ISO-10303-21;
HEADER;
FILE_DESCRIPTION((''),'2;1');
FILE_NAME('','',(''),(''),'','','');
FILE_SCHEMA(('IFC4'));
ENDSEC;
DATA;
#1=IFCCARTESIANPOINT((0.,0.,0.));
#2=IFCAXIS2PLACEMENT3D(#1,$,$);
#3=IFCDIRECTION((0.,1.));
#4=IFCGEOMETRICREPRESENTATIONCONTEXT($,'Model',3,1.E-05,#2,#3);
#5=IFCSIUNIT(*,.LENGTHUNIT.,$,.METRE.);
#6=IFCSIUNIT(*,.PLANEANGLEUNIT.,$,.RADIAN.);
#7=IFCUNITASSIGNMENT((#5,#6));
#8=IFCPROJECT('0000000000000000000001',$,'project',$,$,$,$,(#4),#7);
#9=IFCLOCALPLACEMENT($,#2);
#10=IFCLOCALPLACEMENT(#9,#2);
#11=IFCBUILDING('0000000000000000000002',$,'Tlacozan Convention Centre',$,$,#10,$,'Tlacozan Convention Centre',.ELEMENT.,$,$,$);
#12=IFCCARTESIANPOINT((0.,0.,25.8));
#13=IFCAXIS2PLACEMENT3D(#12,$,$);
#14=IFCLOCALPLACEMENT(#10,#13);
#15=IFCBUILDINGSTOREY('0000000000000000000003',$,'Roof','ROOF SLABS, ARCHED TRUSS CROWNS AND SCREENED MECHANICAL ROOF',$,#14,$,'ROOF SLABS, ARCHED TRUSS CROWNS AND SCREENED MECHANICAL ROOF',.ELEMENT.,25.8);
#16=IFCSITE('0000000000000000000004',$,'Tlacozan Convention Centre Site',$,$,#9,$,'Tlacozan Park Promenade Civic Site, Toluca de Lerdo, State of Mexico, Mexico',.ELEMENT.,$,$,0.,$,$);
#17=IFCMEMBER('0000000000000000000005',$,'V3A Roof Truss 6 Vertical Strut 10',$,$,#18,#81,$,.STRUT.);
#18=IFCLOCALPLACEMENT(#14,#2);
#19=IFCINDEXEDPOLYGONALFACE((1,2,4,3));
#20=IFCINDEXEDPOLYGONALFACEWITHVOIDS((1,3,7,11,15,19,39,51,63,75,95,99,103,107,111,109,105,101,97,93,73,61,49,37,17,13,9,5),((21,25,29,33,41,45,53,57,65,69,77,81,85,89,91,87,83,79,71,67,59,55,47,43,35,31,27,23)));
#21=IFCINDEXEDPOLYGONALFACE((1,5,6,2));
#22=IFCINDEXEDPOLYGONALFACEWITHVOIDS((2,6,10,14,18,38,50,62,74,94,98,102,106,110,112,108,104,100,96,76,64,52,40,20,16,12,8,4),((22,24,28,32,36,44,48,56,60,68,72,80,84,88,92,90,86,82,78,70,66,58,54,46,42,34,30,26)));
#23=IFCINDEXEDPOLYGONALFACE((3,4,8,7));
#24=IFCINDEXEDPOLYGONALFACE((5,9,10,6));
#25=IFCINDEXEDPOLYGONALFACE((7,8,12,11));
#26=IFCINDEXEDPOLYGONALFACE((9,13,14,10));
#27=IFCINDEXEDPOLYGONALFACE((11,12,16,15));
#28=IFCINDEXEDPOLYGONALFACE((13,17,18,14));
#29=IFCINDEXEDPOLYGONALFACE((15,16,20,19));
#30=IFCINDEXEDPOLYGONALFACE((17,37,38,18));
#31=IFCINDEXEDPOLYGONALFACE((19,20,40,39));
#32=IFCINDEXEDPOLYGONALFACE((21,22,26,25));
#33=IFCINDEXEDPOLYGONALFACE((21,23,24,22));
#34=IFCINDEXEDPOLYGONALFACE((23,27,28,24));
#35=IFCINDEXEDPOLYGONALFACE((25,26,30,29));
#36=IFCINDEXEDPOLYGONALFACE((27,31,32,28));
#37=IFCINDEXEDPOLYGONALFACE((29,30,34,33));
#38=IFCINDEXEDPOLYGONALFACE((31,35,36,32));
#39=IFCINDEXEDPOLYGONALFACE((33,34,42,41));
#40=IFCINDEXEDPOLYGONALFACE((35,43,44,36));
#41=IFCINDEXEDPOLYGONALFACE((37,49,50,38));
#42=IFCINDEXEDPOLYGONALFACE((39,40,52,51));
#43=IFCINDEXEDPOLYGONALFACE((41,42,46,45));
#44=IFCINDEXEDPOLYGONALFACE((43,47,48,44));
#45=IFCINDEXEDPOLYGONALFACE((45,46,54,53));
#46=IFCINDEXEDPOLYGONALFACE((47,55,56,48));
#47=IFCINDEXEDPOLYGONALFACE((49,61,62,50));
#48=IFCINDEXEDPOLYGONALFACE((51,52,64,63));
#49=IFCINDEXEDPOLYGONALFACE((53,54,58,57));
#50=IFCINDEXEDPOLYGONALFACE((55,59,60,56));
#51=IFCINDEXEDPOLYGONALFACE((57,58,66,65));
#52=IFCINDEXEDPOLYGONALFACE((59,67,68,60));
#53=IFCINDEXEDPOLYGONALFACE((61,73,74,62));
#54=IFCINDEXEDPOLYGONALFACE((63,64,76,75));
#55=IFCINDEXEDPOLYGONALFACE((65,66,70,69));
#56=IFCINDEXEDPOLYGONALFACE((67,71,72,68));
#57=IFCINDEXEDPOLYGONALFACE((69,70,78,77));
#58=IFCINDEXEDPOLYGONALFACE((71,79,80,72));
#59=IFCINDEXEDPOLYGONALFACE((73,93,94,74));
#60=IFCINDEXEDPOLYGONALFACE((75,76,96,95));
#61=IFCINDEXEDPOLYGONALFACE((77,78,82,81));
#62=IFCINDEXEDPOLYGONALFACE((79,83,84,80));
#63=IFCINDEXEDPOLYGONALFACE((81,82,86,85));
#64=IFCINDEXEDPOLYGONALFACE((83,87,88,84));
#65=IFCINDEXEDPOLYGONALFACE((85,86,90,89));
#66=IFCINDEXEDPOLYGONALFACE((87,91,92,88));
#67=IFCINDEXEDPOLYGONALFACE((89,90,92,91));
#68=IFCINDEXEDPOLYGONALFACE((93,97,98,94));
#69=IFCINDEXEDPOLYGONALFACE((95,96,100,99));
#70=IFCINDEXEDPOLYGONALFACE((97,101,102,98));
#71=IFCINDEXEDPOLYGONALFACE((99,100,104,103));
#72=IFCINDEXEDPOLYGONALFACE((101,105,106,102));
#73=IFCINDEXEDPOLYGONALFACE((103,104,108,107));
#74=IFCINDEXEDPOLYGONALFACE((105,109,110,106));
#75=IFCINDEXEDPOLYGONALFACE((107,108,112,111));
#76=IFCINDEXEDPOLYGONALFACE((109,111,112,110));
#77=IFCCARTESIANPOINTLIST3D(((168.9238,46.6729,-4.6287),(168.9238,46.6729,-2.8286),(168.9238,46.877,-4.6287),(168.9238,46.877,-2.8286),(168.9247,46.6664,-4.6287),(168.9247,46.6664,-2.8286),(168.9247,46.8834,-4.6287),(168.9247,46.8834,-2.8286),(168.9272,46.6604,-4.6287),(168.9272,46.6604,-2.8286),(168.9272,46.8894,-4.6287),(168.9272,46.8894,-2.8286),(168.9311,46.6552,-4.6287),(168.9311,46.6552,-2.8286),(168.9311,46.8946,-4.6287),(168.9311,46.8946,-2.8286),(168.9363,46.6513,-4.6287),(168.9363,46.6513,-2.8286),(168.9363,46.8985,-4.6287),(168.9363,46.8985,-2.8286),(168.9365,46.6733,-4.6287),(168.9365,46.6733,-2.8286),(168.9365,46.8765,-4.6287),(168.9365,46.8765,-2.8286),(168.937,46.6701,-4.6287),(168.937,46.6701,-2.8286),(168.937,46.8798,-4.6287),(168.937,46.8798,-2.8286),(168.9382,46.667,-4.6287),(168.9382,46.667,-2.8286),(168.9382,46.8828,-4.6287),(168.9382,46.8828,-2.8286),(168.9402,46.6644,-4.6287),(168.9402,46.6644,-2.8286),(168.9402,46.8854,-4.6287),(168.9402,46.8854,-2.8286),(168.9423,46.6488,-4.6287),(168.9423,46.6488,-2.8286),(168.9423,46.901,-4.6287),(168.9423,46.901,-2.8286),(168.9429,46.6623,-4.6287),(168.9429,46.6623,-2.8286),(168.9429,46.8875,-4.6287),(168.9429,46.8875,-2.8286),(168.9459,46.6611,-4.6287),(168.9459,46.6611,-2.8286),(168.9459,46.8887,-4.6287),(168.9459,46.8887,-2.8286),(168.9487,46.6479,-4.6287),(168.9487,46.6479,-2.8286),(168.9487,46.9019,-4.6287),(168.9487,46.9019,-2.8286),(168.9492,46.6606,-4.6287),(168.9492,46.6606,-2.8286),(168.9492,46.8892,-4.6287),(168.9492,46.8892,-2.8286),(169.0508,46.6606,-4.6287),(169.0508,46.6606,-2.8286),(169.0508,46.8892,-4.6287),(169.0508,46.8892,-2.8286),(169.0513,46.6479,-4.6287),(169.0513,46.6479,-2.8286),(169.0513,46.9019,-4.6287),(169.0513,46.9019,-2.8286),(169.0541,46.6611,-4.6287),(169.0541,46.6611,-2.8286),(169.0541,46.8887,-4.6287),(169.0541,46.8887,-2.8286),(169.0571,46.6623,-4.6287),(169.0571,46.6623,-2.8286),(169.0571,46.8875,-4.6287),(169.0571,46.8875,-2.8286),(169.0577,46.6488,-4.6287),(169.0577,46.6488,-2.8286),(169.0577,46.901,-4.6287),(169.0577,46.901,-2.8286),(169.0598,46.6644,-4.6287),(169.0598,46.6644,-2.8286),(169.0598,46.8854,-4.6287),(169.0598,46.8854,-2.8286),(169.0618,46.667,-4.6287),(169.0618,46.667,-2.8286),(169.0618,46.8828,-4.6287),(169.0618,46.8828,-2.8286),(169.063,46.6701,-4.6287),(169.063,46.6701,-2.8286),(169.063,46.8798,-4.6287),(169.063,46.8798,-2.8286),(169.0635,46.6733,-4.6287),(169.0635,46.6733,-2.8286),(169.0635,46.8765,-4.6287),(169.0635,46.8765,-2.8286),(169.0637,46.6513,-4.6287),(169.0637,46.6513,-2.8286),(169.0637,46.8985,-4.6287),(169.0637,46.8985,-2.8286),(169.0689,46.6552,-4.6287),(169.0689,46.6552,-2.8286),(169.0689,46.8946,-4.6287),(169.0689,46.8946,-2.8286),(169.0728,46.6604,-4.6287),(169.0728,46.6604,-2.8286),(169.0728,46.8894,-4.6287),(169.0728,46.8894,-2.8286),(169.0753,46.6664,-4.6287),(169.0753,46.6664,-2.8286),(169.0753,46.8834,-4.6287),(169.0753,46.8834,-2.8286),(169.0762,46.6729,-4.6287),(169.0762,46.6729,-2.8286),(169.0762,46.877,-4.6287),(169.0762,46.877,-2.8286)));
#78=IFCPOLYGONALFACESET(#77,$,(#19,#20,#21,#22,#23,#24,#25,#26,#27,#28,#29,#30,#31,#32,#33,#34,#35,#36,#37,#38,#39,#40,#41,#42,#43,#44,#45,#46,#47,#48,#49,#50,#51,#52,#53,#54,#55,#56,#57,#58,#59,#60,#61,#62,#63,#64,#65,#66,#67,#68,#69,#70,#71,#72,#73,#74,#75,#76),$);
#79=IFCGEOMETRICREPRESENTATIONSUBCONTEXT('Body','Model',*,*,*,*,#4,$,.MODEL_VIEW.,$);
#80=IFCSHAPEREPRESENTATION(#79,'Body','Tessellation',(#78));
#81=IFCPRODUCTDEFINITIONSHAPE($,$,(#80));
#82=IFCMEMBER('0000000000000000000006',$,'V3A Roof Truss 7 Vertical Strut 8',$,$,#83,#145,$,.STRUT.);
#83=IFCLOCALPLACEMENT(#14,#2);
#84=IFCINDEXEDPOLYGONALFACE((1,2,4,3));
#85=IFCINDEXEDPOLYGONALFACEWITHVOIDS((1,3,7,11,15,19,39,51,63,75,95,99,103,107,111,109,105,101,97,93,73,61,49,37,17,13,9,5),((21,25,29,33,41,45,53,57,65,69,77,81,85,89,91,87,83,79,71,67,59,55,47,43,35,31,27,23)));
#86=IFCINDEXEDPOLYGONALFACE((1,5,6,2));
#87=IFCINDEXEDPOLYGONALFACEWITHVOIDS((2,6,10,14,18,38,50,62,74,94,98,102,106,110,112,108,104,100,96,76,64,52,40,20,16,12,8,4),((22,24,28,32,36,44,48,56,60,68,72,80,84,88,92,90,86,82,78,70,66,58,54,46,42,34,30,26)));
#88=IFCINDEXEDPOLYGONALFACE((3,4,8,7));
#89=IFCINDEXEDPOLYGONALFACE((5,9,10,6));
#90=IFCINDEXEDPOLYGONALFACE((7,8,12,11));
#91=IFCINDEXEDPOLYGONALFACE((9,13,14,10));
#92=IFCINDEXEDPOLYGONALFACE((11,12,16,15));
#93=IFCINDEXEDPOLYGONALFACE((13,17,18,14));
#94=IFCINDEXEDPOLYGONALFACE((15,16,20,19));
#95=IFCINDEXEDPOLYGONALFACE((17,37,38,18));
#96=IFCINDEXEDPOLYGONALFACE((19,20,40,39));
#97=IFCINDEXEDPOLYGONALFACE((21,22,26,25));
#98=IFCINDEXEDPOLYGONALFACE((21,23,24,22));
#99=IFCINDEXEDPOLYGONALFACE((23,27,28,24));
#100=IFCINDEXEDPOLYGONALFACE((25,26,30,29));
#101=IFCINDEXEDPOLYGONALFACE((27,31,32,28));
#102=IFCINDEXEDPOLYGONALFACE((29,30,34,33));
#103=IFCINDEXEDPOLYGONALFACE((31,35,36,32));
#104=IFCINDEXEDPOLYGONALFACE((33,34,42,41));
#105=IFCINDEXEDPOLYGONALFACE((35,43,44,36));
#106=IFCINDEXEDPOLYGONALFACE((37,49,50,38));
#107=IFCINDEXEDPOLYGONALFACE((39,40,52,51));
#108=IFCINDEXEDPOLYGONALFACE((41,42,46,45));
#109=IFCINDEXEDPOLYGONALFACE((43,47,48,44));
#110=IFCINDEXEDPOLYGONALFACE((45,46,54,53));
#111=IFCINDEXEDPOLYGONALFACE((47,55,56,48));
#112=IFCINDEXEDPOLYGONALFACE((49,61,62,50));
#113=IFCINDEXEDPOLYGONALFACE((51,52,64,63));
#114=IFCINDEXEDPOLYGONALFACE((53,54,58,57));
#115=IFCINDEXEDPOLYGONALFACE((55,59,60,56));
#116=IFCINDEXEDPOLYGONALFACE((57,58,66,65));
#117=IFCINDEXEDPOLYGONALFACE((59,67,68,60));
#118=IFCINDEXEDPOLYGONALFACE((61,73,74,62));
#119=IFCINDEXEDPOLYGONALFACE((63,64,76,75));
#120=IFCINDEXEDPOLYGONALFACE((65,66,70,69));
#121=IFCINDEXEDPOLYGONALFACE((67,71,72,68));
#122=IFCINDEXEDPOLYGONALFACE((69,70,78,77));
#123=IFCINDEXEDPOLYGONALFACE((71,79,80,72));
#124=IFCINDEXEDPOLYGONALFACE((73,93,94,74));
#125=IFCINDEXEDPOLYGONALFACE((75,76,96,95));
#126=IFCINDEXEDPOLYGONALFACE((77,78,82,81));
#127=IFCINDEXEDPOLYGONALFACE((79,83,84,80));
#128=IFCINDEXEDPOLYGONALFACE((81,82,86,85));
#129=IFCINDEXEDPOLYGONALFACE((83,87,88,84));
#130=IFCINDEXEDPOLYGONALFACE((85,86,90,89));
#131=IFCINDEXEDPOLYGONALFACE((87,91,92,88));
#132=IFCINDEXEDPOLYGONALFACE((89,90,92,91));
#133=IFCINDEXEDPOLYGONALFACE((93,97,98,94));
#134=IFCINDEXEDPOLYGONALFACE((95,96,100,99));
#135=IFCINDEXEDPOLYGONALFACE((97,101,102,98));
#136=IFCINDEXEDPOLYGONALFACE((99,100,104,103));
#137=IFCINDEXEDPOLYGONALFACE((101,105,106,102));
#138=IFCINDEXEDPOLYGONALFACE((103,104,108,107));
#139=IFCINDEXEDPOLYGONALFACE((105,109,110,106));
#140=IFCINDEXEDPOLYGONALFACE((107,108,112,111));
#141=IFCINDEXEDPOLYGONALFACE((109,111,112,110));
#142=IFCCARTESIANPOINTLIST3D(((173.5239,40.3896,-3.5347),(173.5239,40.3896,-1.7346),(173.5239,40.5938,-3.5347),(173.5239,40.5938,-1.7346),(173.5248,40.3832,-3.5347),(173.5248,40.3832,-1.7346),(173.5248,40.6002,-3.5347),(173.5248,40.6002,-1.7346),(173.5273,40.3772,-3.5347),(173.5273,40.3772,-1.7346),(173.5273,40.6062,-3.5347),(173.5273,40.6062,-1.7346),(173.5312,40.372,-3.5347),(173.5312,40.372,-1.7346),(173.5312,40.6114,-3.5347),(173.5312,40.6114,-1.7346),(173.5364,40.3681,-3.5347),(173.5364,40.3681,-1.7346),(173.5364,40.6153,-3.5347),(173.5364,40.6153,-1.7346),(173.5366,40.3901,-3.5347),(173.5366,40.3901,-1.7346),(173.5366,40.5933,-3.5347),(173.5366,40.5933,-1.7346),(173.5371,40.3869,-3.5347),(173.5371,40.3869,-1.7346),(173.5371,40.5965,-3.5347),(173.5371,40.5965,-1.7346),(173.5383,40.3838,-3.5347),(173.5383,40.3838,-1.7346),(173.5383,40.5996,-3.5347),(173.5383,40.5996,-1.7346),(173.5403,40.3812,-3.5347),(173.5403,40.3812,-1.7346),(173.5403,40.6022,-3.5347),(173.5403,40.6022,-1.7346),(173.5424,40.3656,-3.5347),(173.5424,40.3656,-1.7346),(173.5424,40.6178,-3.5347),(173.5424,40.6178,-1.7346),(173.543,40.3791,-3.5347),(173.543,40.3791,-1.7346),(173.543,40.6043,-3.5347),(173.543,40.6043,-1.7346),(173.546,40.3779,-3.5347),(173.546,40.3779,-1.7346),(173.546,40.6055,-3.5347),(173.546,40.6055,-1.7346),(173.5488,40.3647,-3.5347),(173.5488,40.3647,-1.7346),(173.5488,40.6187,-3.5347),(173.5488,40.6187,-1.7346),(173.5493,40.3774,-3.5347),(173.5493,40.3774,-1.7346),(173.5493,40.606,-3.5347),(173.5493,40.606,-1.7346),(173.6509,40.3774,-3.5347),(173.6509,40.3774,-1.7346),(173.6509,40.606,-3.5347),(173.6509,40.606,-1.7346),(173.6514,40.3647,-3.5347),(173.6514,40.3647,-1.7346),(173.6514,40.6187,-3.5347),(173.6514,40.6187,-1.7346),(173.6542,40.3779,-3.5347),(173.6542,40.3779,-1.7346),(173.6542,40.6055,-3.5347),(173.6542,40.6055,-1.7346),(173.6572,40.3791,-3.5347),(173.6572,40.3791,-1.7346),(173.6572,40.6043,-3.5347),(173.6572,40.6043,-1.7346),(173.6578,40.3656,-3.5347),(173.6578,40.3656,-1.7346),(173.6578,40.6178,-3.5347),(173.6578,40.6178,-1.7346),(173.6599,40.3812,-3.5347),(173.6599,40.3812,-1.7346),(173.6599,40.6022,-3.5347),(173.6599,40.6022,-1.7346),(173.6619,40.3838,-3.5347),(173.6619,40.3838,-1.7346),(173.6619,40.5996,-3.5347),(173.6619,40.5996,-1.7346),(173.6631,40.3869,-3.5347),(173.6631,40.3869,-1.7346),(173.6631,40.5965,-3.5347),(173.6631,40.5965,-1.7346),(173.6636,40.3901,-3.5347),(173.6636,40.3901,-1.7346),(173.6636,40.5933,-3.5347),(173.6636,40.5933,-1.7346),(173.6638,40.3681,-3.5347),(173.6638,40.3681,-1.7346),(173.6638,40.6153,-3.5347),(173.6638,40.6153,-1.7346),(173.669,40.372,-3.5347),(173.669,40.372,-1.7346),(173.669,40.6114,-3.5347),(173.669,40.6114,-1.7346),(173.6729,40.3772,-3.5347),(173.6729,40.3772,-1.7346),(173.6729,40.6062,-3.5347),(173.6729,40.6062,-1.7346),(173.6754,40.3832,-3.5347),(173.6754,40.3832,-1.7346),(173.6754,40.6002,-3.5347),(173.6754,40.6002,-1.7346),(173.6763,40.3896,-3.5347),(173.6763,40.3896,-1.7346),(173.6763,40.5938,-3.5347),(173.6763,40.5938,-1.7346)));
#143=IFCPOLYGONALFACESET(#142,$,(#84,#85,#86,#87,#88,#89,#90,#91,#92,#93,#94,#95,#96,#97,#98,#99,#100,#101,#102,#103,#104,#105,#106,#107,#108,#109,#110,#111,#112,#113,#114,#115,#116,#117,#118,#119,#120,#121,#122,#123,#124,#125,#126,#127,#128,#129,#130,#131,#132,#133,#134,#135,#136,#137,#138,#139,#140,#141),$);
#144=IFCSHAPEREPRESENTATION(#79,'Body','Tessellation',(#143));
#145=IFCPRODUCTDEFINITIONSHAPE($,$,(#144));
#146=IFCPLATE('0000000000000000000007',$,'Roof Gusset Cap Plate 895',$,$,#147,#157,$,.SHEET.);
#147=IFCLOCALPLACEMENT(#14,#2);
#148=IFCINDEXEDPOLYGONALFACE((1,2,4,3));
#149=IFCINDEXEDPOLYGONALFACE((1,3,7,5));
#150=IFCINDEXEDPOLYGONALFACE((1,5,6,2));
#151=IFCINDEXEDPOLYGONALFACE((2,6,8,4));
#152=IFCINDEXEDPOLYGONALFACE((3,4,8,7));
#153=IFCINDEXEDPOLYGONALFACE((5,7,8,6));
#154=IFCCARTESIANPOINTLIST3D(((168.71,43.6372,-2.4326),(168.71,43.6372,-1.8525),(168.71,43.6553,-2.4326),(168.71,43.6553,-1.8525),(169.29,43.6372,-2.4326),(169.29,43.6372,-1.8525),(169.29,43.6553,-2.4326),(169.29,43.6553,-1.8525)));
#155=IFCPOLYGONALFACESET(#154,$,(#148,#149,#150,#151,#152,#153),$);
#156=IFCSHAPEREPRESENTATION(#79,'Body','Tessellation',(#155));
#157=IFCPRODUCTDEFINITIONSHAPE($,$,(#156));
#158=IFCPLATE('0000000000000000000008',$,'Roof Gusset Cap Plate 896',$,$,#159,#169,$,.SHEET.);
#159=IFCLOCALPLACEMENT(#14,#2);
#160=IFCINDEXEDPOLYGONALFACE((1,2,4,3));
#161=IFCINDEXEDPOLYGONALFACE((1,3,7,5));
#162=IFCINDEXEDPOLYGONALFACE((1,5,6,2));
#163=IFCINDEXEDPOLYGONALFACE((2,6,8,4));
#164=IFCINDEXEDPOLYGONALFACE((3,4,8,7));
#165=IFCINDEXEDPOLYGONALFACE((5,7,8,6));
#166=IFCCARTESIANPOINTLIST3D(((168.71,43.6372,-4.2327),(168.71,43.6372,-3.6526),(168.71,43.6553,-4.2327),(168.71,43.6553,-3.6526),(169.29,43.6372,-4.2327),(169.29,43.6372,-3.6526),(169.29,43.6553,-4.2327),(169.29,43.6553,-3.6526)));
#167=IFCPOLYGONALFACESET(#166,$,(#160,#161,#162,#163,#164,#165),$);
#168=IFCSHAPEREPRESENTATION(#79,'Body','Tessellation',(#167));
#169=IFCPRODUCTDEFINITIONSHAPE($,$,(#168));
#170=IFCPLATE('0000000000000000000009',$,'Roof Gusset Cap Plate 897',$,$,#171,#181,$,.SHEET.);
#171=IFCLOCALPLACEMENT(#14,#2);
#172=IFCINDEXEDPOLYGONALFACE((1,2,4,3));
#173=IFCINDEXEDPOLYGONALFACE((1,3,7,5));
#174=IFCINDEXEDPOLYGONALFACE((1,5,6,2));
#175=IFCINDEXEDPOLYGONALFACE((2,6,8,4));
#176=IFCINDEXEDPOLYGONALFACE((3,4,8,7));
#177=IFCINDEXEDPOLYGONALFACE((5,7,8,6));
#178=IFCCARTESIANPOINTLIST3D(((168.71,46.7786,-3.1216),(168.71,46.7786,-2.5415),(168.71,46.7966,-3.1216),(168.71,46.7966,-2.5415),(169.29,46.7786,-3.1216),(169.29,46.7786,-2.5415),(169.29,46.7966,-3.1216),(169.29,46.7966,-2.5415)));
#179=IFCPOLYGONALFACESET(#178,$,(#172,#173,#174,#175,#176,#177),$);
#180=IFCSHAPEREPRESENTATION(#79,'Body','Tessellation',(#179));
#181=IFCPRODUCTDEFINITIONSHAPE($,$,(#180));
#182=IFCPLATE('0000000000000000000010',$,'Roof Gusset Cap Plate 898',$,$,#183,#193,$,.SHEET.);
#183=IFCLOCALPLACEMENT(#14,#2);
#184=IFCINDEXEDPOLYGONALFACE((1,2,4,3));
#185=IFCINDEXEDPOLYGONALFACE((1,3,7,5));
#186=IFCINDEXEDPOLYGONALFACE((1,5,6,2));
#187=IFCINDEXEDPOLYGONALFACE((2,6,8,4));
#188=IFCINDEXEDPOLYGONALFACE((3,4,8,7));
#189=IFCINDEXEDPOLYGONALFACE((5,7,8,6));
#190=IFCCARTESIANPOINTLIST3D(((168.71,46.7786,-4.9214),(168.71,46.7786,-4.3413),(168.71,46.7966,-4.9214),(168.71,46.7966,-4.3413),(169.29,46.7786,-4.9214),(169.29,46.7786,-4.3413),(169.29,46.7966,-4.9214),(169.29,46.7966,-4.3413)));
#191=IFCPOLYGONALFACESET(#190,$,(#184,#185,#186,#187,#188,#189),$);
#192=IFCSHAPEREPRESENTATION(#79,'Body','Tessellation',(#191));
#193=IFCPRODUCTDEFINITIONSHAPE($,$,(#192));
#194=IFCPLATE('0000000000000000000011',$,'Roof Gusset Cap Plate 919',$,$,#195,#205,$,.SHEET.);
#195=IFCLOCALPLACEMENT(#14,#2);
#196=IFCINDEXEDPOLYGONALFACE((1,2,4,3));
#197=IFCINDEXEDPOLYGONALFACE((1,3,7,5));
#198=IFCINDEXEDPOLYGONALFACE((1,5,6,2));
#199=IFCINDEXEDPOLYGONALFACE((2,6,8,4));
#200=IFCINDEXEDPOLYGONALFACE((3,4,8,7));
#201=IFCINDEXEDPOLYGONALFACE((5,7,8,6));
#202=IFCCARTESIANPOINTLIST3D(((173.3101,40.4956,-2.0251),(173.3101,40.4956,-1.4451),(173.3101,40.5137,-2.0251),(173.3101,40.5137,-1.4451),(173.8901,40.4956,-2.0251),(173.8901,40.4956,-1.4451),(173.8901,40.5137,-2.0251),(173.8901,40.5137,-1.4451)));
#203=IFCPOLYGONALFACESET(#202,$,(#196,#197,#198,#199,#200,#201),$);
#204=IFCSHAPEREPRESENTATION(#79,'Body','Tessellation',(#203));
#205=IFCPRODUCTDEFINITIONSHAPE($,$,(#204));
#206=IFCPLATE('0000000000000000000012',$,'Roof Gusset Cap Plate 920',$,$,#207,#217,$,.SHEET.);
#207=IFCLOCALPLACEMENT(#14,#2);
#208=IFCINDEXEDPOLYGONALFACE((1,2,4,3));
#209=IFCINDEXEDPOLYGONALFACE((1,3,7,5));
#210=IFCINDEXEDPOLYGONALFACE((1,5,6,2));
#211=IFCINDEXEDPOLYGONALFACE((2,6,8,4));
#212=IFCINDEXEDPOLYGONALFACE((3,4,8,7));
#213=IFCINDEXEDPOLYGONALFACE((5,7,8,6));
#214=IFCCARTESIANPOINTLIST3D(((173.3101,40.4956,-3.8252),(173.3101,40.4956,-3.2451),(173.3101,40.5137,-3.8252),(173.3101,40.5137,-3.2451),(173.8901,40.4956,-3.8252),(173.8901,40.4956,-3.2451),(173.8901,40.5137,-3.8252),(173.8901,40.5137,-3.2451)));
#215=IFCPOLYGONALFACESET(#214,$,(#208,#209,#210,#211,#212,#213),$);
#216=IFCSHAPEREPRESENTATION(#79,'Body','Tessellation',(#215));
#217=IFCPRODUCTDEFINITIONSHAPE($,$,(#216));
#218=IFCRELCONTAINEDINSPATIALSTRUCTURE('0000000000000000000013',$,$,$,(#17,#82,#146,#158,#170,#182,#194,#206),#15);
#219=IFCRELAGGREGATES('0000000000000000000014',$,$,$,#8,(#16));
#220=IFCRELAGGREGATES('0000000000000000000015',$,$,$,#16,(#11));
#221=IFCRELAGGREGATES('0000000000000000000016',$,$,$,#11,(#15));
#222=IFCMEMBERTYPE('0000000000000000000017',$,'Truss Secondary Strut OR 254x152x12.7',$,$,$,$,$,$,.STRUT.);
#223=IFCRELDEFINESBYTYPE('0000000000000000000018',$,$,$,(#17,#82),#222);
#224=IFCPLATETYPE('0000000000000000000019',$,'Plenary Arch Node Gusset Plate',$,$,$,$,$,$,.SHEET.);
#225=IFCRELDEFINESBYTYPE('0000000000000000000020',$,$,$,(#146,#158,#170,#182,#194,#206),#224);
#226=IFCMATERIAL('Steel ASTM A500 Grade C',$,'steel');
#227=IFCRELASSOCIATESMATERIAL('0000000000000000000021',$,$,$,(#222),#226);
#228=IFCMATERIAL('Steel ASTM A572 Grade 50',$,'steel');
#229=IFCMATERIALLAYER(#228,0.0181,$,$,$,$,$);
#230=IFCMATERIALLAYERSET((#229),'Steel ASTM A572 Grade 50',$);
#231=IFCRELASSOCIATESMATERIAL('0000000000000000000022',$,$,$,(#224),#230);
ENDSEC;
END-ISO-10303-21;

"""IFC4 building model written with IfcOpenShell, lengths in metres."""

from ifc_helpers import new_model, si_unit, direction, frame, origin, origin_2d, place, context, subcontext, project, spatial, rectangle, hollow_rectangle, extrude, material, layer, layer_set, material_profile, profile_set, type_object, element, save


model = new_model("IFC4")

# Units and contexts
model_context = context("Model", 3, precision=1e-05, world=origin(), true_north=direction((0.0, 1.0)))
body_context = subcontext(model_context, "Body", "Model", "MODEL_VIEW")
ifc_project = project(units=[si_unit("LENGTHUNIT", "METRE"), si_unit("PLANEANGLEUNIT", "RADIAN")], contexts=[model_context])

# Site, building, storey
site_placement = place(None, origin())
site = spatial("IfcSite", under=ifc_project, at=site_placement, Name="Tlacozan Convention Centre Site", LongName="Tlacozan Park Promenade Civic Site, Toluca de Lerdo, State of Mexico, Mexico", CompositionType="ELEMENT", RefElevation=0.0)
building_placement = place(site_placement, origin())
building = spatial("IfcBuilding", under=site, at=building_placement, Name="Tlacozan Convention Centre", LongName="Tlacozan Convention Centre", CompositionType="ELEMENT")
storey_placement = place(building_placement, frame((0.0, 0.0, 25.8)))
storey = spatial("IfcBuildingStorey", under=building, at=storey_placement, Name="Roof", Description="ROOF SLABS, ARCHED TRUSS CROWNS AND SCREENED MECHANICAL ROOF", LongName="ROOF SLABS, ARCHED TRUSS CROWNS AND SCREENED MECHANICAL ROOF", CompositionType="ELEMENT", Elevation=25.8)

# Members
ifc_material_1 = material(Name="Steel ASTM A500 Grade C", Category="steel")
ifc_material_profile_1 = material_profile(ifc_material_1, hollow_rectangle(XDim=0.1523, YDim=0.2539, WallThickness=0.0127, InnerFilletRadius=0.0127, OuterFilletRadius=0.0249, at=origin_2d()), Name="OR 254x152x12.7")
ifc_profile_set_1 = profile_set([ifc_material_profile_1], Name="Steel ASTM A500 Grade C")
member_type_1 = type_object("IfcMemberType", Name="Truss Secondary Strut OR 254x152x12.7", PredefinedType="STRUT", material=ifc_profile_set_1)
for number, where, z_axis, x_axis, name in (
    (1, (169.0, 46.7749, -4.6287), (0.0, 0.0, 1.0), (1.0, 0.0, 0.0), "V3A Roof Truss 6 Vertical Strut 10"),
    (2, (173.6001, 40.4917, -3.5347), (0.0, 0.0, 1.0), (1.0, 0.0, 0.0), "V3A Roof Truss 7 Vertical Strut 8"),
):
    element("IfcMember", number, at=place(storey_placement, frame(where, z_axis=z_axis, x_axis=x_axis)), inside=storey, type_object=member_type_1, Name=name, PredefinedType="STRUT", context=body_context, shape_type="SweptSolid", body=[
        extrude(hollow_rectangle(XDim=0.1523, YDim=0.2539, WallThickness=0.0127, InnerFilletRadius=0.0127, OuterFilletRadius=0.0249, at=origin_2d()), origin(), (0.0, 0.0, 1.0), 1.8),
    ])

# Plates
ifc_material_2 = material(Name="Steel ASTM A572 Grade 50", Category="steel")
ifc_layer = layer(ifc_material_2, 0.0181)
ifc_layer_set = layer_set([ifc_layer], Name="Steel ASTM A572 Grade 50")
plate_type = type_object("IfcPlateType", Name="Plenary Arch Node Gusset Plate", PredefinedType="SHEET", material=ifc_layer_set)
for number, where, z_axis, x_axis, name in (
    (3, (169.0, 43.6462, -2.4326), (0.0, 0.0, 1.0), (0.0, 1.0, 0.0), "Roof Gusset Cap Plate 895"),
    (4, (169.0, 43.6462, -4.2327), (0.0, 0.0, 1.0), (0.0, 1.0, 0.0), "Roof Gusset Cap Plate 896"),
    (5, (169.0, 46.7876, -3.1216), (0.0, 0.0, 1.0), (0.0, 1.0, 0.0), "Roof Gusset Cap Plate 897"),
    (6, (169.0, 46.7876, -4.9214), (0.0, 0.0, 1.0), (0.0, 1.0, 0.0), "Roof Gusset Cap Plate 898"),
    (7, (173.6001, 40.5046, -2.0251), (0.0, 0.0, 1.0), (0.0, 1.0, 0.0), "Roof Gusset Cap Plate 919"),
    (8, (173.6001, 40.5046, -3.8252), (0.0, 0.0, 1.0), (0.0, 1.0, 0.0), "Roof Gusset Cap Plate 920"),
):
    element("IfcPlate", number, at=place(storey_placement, frame(where, z_axis=z_axis, x_axis=x_axis)), inside=storey, type_object=plate_type, Name=name, PredefinedType="SHEET", context=body_context, shape_type="SweptSolid", body=[
        extrude(rectangle(XDim=0.0181, YDim=0.5801, at=origin_2d()), origin(), (0.0, 0.0, 1.0), 0.5801),
    ])

save(model, "model.ifc")
